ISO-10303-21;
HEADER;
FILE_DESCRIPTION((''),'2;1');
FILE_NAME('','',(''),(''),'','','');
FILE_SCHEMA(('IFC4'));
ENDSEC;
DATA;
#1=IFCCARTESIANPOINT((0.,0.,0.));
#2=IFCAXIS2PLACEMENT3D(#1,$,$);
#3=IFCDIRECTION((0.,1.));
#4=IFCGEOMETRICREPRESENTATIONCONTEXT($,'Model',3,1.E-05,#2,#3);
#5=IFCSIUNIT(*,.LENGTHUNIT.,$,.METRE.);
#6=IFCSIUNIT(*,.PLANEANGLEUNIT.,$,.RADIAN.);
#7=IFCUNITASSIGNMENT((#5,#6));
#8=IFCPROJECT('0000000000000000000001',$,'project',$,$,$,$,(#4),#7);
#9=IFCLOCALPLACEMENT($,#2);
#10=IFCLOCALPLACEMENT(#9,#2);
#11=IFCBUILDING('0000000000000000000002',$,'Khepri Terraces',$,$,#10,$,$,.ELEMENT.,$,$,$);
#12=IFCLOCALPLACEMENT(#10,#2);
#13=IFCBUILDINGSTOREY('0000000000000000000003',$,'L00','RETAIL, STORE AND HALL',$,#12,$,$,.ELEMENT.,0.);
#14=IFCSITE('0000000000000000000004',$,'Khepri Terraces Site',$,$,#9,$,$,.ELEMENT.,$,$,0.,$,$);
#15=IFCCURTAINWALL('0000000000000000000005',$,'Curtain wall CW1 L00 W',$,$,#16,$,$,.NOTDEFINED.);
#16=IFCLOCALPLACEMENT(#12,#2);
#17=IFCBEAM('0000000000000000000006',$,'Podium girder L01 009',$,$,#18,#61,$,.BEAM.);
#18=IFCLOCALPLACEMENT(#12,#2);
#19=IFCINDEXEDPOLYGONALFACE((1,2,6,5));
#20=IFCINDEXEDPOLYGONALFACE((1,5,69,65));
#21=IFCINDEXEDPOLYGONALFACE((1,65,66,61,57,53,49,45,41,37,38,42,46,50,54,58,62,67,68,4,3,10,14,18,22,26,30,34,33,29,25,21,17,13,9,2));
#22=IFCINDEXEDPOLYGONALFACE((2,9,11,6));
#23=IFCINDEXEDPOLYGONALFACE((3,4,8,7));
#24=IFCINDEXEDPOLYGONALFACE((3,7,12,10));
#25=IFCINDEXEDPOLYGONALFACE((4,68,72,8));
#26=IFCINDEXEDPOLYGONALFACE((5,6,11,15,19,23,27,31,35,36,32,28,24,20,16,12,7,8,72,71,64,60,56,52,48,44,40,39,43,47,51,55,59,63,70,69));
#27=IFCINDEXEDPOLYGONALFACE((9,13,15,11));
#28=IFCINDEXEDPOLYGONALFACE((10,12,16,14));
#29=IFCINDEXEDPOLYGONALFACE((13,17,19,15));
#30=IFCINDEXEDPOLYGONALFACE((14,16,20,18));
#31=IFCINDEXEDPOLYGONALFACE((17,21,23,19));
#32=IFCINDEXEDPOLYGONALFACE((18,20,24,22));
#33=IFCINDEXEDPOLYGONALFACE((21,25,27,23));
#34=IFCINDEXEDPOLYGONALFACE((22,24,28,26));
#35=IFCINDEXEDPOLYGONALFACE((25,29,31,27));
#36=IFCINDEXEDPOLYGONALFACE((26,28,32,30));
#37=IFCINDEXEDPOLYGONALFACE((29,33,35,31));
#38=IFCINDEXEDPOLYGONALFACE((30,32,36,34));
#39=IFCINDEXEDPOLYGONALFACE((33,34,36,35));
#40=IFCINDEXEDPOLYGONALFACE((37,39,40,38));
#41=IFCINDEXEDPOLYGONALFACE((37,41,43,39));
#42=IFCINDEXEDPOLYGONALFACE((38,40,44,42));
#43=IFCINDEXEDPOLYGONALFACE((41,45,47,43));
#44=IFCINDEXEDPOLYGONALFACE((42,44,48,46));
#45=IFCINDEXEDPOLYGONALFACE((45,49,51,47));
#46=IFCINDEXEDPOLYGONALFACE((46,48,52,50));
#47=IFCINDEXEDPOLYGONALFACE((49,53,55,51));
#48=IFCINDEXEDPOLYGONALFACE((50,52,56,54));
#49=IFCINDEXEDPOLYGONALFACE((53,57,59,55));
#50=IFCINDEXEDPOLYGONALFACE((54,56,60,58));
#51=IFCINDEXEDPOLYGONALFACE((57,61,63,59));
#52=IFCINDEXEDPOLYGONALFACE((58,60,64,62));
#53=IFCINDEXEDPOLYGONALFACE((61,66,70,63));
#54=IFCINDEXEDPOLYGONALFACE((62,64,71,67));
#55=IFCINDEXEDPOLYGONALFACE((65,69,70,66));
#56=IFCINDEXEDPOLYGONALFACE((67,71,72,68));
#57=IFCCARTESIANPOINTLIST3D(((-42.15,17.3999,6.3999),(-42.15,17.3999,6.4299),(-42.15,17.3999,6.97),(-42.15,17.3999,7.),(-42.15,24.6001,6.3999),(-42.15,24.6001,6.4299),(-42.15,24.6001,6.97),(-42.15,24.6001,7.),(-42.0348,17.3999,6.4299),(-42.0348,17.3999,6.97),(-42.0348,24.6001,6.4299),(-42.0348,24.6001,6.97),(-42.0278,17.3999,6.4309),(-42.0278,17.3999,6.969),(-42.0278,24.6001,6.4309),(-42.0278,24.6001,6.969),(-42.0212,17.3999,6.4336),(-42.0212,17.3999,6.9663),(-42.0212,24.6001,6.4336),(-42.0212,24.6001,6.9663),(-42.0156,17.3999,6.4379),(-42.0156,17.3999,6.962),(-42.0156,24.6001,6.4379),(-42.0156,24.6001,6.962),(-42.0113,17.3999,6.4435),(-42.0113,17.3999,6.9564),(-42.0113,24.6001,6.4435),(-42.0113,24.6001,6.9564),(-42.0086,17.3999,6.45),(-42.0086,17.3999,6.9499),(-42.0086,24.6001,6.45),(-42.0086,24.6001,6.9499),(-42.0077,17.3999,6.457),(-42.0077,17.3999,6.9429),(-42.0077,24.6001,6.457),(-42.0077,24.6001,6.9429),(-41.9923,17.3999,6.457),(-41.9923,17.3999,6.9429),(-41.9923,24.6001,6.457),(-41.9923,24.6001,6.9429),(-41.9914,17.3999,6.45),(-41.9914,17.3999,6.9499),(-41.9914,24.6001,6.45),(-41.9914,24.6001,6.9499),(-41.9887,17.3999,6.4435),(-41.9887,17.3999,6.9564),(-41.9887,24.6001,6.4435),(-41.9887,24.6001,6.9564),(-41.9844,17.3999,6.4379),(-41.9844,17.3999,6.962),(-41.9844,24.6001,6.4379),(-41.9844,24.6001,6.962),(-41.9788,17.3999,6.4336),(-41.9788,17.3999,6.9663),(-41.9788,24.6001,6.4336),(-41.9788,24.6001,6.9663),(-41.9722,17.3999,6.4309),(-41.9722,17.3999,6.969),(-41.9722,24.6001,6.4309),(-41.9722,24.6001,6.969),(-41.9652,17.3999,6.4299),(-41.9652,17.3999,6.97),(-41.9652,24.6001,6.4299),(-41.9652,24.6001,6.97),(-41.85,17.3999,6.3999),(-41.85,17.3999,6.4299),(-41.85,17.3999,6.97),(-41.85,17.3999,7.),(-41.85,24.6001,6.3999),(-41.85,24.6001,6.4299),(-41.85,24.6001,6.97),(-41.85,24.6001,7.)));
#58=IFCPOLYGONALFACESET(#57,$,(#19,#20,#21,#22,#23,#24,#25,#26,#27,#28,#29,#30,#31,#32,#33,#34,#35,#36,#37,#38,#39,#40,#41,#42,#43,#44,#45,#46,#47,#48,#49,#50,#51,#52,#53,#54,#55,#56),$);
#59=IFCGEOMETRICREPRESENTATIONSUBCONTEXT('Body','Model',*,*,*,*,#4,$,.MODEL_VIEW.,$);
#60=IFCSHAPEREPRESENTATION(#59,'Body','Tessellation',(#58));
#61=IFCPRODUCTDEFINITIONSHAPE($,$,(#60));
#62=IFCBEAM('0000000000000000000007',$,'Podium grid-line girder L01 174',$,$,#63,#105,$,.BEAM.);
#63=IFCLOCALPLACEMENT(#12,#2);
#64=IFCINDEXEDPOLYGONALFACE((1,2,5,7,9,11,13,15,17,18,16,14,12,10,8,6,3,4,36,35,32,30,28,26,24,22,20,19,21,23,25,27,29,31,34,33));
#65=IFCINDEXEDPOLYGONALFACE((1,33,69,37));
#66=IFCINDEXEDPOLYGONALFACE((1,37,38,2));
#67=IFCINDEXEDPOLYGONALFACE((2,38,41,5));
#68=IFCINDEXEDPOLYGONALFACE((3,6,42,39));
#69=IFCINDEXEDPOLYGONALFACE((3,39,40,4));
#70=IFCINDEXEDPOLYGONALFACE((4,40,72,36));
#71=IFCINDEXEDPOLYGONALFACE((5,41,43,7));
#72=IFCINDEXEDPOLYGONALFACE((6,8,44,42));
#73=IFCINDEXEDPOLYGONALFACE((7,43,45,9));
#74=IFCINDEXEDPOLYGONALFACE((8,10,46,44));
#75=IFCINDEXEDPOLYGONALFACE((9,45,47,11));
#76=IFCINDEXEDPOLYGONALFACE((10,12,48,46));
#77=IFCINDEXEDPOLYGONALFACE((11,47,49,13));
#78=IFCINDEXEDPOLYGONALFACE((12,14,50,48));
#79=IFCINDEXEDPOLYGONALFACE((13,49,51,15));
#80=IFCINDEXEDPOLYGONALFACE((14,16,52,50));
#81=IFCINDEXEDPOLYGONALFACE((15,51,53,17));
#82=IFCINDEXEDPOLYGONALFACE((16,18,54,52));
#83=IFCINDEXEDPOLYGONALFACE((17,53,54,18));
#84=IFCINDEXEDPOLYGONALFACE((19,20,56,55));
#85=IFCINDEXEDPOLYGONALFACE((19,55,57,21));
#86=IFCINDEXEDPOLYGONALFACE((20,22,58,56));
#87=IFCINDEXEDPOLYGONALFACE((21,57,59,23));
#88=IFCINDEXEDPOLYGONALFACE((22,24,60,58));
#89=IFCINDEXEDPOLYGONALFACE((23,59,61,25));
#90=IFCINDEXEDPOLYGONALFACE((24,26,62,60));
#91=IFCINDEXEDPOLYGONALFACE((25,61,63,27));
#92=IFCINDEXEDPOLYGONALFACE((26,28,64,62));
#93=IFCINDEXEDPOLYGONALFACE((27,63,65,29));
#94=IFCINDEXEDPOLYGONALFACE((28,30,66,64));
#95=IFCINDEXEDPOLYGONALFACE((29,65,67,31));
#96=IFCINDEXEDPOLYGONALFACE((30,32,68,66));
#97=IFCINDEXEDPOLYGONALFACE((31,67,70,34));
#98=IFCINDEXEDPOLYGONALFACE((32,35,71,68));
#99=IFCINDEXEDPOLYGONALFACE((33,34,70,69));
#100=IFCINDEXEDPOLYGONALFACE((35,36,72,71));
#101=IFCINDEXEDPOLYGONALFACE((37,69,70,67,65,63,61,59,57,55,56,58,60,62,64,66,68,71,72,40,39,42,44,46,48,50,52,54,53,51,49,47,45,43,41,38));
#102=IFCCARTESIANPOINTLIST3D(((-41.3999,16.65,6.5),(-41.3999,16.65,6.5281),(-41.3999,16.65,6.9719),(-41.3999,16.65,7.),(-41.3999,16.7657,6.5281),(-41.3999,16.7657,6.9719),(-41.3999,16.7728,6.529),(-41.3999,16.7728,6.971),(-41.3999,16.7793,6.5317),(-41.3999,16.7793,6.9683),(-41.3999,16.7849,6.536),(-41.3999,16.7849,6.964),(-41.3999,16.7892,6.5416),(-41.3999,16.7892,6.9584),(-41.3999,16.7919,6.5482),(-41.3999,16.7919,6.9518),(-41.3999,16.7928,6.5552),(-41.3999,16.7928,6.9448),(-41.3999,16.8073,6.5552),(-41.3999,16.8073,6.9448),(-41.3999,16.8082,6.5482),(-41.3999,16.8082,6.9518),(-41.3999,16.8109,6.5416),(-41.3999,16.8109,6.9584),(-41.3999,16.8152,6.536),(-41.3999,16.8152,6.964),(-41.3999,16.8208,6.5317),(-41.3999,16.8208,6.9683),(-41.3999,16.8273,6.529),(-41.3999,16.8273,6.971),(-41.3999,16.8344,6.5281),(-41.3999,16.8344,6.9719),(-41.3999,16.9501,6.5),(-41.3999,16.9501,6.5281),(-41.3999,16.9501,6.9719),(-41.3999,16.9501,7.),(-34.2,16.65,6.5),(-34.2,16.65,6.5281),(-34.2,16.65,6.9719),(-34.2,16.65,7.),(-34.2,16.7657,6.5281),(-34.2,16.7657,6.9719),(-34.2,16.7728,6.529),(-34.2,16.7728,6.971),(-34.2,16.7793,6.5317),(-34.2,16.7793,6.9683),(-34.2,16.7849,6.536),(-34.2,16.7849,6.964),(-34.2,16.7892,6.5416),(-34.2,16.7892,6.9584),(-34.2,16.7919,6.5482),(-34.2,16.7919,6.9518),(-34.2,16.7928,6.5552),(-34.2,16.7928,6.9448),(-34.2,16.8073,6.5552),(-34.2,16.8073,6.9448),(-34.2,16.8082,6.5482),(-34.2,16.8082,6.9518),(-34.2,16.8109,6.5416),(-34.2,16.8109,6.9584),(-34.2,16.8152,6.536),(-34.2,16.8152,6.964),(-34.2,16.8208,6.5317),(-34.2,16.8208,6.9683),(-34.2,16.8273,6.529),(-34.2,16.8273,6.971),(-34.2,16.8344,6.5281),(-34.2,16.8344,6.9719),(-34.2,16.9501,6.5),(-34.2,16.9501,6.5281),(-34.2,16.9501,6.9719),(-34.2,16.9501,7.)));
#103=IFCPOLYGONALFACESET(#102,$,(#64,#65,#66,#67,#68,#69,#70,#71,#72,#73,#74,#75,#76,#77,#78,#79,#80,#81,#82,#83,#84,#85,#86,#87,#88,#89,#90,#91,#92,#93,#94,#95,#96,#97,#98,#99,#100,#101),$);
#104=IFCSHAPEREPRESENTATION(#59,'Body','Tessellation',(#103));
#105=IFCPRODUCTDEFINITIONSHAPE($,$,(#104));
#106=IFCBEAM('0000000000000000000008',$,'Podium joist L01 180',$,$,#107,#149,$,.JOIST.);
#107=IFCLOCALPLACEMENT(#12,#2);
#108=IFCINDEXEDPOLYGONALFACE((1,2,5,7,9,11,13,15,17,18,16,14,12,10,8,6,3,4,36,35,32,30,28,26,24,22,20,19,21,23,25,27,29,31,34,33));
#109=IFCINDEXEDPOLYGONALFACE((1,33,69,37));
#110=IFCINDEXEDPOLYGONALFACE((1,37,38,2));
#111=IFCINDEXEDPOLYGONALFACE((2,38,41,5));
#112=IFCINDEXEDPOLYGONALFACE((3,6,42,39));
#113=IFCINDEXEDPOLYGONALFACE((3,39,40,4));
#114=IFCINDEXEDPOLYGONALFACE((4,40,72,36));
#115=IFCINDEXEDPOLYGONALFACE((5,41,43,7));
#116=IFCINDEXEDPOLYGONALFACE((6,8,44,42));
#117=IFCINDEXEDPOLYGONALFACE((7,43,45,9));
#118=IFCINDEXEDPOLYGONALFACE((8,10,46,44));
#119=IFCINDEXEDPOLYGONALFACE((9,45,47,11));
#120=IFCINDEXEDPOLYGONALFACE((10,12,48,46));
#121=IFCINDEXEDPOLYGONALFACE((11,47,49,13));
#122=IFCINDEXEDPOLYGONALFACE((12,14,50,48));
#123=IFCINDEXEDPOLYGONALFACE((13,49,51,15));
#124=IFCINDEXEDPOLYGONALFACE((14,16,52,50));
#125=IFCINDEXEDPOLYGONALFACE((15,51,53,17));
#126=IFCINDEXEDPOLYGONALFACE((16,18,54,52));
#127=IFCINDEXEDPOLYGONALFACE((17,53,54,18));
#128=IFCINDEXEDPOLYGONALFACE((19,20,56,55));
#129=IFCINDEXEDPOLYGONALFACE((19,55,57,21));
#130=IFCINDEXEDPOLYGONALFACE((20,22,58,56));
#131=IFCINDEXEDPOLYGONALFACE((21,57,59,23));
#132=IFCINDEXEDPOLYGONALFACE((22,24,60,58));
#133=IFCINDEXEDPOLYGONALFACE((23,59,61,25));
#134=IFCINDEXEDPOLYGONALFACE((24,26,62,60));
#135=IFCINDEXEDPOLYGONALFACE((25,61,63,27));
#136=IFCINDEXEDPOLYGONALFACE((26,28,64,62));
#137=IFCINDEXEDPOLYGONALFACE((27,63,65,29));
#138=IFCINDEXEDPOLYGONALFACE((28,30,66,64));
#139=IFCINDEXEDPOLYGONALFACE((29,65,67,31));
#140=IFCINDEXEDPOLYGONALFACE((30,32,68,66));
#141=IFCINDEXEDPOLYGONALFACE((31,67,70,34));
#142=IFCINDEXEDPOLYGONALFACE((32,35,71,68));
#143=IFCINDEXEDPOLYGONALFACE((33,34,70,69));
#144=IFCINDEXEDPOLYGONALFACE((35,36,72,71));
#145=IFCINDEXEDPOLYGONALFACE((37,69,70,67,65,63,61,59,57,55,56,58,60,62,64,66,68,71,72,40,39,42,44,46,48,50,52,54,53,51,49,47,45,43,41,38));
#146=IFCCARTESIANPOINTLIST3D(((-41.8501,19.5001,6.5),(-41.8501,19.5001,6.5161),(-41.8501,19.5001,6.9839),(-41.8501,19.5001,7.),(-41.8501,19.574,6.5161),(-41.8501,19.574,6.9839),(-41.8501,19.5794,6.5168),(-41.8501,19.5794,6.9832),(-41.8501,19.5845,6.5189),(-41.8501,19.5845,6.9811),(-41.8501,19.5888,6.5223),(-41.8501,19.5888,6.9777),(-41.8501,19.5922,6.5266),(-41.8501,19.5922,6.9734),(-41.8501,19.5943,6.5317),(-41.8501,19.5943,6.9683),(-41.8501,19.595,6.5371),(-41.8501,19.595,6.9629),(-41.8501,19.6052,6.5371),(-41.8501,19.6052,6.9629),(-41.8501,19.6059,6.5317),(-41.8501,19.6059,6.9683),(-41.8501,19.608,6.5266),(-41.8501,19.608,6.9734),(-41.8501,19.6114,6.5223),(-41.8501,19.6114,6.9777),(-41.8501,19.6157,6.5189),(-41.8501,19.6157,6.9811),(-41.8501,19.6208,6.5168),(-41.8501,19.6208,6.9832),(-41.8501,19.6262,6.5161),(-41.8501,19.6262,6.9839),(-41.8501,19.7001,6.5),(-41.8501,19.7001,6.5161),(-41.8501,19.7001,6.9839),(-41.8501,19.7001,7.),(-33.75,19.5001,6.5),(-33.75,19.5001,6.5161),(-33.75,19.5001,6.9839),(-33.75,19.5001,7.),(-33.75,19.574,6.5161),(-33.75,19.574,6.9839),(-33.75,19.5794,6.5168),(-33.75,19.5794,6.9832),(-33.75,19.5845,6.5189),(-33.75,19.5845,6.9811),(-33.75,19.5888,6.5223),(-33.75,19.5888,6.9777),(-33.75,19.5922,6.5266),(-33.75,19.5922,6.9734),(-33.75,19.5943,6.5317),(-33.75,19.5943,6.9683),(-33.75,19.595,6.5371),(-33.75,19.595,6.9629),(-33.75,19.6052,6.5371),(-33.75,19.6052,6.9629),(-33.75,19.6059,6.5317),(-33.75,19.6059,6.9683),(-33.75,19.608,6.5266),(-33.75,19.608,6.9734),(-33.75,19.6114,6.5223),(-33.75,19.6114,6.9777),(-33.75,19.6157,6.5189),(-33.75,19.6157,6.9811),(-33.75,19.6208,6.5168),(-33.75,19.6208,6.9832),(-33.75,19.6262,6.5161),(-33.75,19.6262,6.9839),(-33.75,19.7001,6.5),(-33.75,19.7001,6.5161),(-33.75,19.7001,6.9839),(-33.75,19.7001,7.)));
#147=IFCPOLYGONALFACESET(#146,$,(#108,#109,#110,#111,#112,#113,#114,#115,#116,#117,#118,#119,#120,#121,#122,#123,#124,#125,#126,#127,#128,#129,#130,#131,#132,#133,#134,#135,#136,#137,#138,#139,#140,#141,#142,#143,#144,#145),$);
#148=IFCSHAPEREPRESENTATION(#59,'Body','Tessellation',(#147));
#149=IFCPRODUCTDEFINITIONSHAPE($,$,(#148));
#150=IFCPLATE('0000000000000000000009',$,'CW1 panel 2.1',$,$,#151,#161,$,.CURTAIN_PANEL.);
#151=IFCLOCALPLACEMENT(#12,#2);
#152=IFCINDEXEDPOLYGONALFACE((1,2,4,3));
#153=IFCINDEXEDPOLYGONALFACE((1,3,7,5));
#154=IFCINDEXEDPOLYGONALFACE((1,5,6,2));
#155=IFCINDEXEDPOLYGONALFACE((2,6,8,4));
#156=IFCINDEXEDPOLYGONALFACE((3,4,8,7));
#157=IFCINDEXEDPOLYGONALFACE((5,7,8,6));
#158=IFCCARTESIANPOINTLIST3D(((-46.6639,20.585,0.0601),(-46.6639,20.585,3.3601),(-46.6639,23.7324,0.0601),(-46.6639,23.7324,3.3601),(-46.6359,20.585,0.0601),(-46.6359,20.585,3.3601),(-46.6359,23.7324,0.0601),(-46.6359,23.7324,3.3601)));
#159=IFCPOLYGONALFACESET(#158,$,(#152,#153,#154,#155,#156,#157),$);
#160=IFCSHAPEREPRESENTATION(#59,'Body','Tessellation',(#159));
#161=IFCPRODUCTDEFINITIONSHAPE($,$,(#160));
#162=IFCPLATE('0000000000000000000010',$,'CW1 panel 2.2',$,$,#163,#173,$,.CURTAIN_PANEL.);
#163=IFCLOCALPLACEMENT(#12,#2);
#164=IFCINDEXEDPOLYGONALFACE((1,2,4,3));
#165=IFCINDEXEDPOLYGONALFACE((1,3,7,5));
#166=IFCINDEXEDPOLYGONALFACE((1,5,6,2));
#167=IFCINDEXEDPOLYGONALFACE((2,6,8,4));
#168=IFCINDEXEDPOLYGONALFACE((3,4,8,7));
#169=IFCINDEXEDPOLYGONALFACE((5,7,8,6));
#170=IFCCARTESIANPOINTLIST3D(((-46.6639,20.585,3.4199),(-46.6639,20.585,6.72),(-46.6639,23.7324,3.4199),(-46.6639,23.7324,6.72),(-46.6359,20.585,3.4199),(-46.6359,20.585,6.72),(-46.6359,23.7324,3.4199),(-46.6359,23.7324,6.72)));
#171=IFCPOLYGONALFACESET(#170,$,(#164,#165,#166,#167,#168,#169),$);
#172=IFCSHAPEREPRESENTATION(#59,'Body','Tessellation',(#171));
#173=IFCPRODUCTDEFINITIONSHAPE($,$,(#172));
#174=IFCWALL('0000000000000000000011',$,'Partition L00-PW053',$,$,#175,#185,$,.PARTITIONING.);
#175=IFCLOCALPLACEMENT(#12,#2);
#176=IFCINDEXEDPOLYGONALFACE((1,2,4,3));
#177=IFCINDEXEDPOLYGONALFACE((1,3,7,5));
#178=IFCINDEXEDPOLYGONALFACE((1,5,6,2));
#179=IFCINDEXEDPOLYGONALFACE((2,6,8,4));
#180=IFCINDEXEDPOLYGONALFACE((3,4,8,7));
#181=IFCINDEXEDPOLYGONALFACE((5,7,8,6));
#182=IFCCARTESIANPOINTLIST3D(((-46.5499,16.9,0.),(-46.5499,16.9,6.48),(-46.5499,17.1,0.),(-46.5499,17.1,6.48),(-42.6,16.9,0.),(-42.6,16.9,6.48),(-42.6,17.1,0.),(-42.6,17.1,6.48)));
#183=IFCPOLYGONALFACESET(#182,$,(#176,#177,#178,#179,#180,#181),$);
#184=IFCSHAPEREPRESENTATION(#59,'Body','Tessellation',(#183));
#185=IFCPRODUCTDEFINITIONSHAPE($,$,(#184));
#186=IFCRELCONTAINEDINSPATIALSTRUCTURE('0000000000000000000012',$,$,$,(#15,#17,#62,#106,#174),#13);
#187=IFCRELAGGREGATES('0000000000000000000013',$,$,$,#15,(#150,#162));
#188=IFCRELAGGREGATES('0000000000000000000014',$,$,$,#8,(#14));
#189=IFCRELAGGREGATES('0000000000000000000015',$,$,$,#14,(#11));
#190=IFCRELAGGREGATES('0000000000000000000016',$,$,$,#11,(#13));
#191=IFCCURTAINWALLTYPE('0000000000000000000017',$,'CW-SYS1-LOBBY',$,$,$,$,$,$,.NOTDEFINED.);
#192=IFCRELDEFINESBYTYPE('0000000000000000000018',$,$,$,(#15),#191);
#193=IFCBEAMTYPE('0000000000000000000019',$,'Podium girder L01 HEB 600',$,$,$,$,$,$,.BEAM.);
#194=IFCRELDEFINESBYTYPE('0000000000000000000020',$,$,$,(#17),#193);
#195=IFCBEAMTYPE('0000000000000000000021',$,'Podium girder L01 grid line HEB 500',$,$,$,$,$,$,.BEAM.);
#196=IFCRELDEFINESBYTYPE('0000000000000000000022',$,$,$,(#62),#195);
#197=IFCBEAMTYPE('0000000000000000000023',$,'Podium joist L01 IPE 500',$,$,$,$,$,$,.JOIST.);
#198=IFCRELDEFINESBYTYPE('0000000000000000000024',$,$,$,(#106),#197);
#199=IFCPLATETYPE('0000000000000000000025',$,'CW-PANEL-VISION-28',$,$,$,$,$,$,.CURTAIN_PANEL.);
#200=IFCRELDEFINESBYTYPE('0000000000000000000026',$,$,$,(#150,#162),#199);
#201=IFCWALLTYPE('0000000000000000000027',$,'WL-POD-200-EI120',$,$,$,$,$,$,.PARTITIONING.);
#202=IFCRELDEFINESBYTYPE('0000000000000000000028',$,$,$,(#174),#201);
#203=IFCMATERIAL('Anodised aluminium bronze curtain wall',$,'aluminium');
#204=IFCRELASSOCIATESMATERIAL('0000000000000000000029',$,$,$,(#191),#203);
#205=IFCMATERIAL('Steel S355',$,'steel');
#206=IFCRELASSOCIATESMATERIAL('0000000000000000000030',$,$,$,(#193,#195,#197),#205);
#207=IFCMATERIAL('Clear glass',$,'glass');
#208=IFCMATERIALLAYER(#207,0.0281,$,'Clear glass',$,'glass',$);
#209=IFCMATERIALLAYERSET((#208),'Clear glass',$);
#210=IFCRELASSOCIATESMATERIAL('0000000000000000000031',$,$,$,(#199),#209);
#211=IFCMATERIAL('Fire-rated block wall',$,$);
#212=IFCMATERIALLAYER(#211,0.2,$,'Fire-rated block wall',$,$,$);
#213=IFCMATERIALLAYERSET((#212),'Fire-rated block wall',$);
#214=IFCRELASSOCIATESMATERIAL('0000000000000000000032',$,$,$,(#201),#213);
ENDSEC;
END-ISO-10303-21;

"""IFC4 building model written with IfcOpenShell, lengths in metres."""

from ifc_helpers import new_model, si_unit, direction, frame, frame_2d, origin, origin_2d, place, context, subcontext, project, spatial, rectangle, i_section, extrude, material, layer, layer_set, material_profile, profile_set, type_object, element, aggregate, save


model = new_model("IFC4")

# Units and contexts
model_context = context("Model", 3, precision=1e-05, world=origin(), true_north=direction((0.0, 1.0)))
body_context = subcontext(model_context, "Body", "Model", "MODEL_VIEW")
ifc_project = project(units=[si_unit("LENGTHUNIT", "METRE"), si_unit("PLANEANGLEUNIT", "RADIAN")], contexts=[model_context])

# Site, building, storey
site_placement = place(None, origin())
site = spatial("IfcSite", under=ifc_project, at=site_placement, Name="Khepri Terraces Site", CompositionType="ELEMENT", RefElevation=0.0)
building_placement = place(site_placement, origin())
building = spatial("IfcBuilding", under=site, at=building_placement, Name="Khepri Terraces", CompositionType="ELEMENT")
storey_placement = place(building_placement, origin())
storey = spatial("IfcBuildingStorey", under=building, at=storey_placement, Name="L00", Description="RETAIL, STORE AND HALL", CompositionType="ELEMENT", Elevation=0.0)

# Curtain wall
ifc_material_1 = material(Name="Anodised aluminium bronze curtain wall", Category="aluminium")
curtain_wall_type = type_object("IfcCurtainWallType", Name="CW-SYS1-LOBBY", PredefinedType="NOTDEFINED", material=ifc_material_1)
curtain_wall_1_placement = place(storey_placement, origin())
curtain_wall_1 = element("IfcCurtainWall", 1, at=curtain_wall_1_placement, inside=storey, type_object=curtain_wall_type, Name="Curtain wall CW1 L00 W", PredefinedType="NOTDEFINED")

# Beams
ifc_material_2 = material(Name="Steel S355", Category="steel")
ifc_material_profile_1 = material_profile(ifc_material_2, i_section(OverallWidth=0.3, OverallDepth=0.6001, WebThickness=0.0154, FlangeThickness=0.03, FilletRadius=0.0271, at=origin_2d()), Name="Steel S355", Category="steel")
ifc_profile_set_1 = profile_set([ifc_material_profile_1], Name="Steel S355")
beam_type_1 = type_object("IfcBeamType", Name="Podium girder L01 HEB 600", PredefinedType="BEAM", material=ifc_profile_set_1)
beam_1_placement = place(storey_placement, frame((-42.0, 17.3999, 6.7), z_axis=(0.0, 1.0, 0.0), x_axis=(-1.0, 0.0, 0.0)))
element("IfcBeam", 2, at=beam_1_placement, inside=storey, type_object=beam_type_1, Name="Podium girder L01 009", PredefinedType="BEAM", context=body_context, shape_type="SweptSolid", body=[
    extrude(i_section(OverallWidth=0.3, OverallDepth=0.6001, WebThickness=0.0154, FlangeThickness=0.03, FilletRadius=0.0271, at=origin_2d()), origin(), (0.0, 0.0, 1.0), 7.2002),
])
ifc_material_profile_2 = material_profile(ifc_material_2, i_section(OverallWidth=0.3, OverallDepth=0.5, WebThickness=0.0144, FlangeThickness=0.0281, FilletRadius=0.0271, at=origin_2d()), Name="Steel S355", Category="steel")
ifc_profile_set_2 = profile_set([ifc_material_profile_2], Name="Steel S355")
beam_type_2 = type_object("IfcBeamType", Name="Podium girder L01 grid line HEB 500", PredefinedType="BEAM", material=ifc_profile_set_2)
beam_2_placement = place(storey_placement, frame((-41.3999, 16.8, 6.75), z_axis=(1.0, 0.0, 0.0), x_axis=(0.0, 1.0, 0.0)))
element("IfcBeam", 3, at=beam_2_placement, inside=storey, type_object=beam_type_2, Name="Podium grid-line girder L01 174", PredefinedType="BEAM", context=body_context, shape_type="SweptSolid", body=[
    extrude(i_section(OverallWidth=0.3, OverallDepth=0.5, WebThickness=0.0144, FlangeThickness=0.0281, FilletRadius=0.0271, at=origin_2d()), origin(), (0.0, 0.0, 1.0), 7.2),
])
ifc_material_profile_3 = material_profile(ifc_material_2, i_section(OverallWidth=0.2, OverallDepth=0.5, WebThickness=0.0103, FlangeThickness=0.0161, FilletRadius=0.021, at=origin_2d()), Name="Steel S355", Category="steel")
ifc_profile_set_3 = profile_set([ifc_material_profile_3], Name="Steel S355")
beam_type_3 = type_object("IfcBeamType", Name="Podium joist L01 IPE 500", PredefinedType="JOIST", material=ifc_profile_set_3)
beam_3_placement = place(storey_placement, frame((-41.8501, 19.6001, 6.75), z_axis=(1.0, 0.0, 0.0), x_axis=(0.0, 1.0, 0.0)))
element("IfcBeam", 4, at=beam_3_placement, inside=storey, type_object=beam_type_3, Name="Podium joist L01 180", PredefinedType="JOIST", context=body_context, shape_type="SweptSolid", body=[
    extrude(i_section(OverallWidth=0.2, OverallDepth=0.5, WebThickness=0.0103, FlangeThickness=0.0161, FilletRadius=0.021, at=origin_2d()), origin(), (0.0, 0.0, 1.0), 8.1001),
])

# Plates
ifc_material_3 = material(Name="Clear glass", Category="glass")
ifc_layer_1 = layer(ifc_material_3, 0.0281, Name="Clear glass", Category="glass")
ifc_layer_set_1 = layer_set([ifc_layer_1], Name="Clear glass")
plate_type = type_object("IfcPlateType", Name="CW-PANEL-VISION-28", PredefinedType="CURTAIN_PANEL", material=ifc_layer_set_1)
plate_1_placement = place(storey_placement, frame((-46.6499, 22.1587, 0.0601), z_axis=(0.0, 0.0, 1.0), x_axis=(0.0, -1.0, 0.0)))
plate_1 = element("IfcPlate", 5, at=plate_1_placement, type_object=plate_type, Name="CW1 panel 2.1", PredefinedType="CURTAIN_PANEL", context=body_context, shape_type="SweptSolid", body=[
    extrude(rectangle(XDim=3.1475, YDim=0.0281, at=origin_2d()), origin(), (0.0, 0.0, 1.0), 3.3),
])
plate_2_placement = place(storey_placement, frame((-46.6499, 22.1587, 3.4199), z_axis=(0.0, 0.0, 1.0), x_axis=(0.0, -1.0, 0.0)))
plate_2 = element("IfcPlate", 6, at=plate_2_placement, type_object=plate_type, Name="CW1 panel 2.2", PredefinedType="CURTAIN_PANEL", context=body_context, shape_type="SweptSolid", body=[
    extrude(rectangle(XDim=3.1475, YDim=0.0281, at=origin_2d()), origin(), (0.0, 0.0, 1.0), 3.3),
])
aggregate(curtain_wall_1, [plate_1, plate_2])

# Wall
ifc_material_4 = material(Name="Fire-rated block wall")
ifc_layer_2 = layer(ifc_material_4, 0.2, Name="Fire-rated block wall")
ifc_layer_set_2 = layer_set([ifc_layer_2], Name="Fire-rated block wall")
wall_type_1 = type_object("IfcWallType", Name="WL-POD-200-EI120", PredefinedType="PARTITIONING", material=ifc_layer_set_2)
wall_1_placement = place(storey_placement, frame((-46.55, 17.0, 0.0), z_axis=(0.0, 0.0, 1.0), x_axis=(1.0, 0.0, 0.0)))
element("IfcWall", 7, at=wall_1_placement, inside=storey, type_object=wall_type_1, Name="Partition L00-PW053", PredefinedType="PARTITIONING", context=body_context, shape_type="SweptSolid", body=[
    extrude(rectangle(XDim=3.95, YDim=0.2, at=frame_2d((1.9751, 0.0))), origin(), (0.0, 0.0, 1.0), 6.48),
])

save(model, "model.ifc")
